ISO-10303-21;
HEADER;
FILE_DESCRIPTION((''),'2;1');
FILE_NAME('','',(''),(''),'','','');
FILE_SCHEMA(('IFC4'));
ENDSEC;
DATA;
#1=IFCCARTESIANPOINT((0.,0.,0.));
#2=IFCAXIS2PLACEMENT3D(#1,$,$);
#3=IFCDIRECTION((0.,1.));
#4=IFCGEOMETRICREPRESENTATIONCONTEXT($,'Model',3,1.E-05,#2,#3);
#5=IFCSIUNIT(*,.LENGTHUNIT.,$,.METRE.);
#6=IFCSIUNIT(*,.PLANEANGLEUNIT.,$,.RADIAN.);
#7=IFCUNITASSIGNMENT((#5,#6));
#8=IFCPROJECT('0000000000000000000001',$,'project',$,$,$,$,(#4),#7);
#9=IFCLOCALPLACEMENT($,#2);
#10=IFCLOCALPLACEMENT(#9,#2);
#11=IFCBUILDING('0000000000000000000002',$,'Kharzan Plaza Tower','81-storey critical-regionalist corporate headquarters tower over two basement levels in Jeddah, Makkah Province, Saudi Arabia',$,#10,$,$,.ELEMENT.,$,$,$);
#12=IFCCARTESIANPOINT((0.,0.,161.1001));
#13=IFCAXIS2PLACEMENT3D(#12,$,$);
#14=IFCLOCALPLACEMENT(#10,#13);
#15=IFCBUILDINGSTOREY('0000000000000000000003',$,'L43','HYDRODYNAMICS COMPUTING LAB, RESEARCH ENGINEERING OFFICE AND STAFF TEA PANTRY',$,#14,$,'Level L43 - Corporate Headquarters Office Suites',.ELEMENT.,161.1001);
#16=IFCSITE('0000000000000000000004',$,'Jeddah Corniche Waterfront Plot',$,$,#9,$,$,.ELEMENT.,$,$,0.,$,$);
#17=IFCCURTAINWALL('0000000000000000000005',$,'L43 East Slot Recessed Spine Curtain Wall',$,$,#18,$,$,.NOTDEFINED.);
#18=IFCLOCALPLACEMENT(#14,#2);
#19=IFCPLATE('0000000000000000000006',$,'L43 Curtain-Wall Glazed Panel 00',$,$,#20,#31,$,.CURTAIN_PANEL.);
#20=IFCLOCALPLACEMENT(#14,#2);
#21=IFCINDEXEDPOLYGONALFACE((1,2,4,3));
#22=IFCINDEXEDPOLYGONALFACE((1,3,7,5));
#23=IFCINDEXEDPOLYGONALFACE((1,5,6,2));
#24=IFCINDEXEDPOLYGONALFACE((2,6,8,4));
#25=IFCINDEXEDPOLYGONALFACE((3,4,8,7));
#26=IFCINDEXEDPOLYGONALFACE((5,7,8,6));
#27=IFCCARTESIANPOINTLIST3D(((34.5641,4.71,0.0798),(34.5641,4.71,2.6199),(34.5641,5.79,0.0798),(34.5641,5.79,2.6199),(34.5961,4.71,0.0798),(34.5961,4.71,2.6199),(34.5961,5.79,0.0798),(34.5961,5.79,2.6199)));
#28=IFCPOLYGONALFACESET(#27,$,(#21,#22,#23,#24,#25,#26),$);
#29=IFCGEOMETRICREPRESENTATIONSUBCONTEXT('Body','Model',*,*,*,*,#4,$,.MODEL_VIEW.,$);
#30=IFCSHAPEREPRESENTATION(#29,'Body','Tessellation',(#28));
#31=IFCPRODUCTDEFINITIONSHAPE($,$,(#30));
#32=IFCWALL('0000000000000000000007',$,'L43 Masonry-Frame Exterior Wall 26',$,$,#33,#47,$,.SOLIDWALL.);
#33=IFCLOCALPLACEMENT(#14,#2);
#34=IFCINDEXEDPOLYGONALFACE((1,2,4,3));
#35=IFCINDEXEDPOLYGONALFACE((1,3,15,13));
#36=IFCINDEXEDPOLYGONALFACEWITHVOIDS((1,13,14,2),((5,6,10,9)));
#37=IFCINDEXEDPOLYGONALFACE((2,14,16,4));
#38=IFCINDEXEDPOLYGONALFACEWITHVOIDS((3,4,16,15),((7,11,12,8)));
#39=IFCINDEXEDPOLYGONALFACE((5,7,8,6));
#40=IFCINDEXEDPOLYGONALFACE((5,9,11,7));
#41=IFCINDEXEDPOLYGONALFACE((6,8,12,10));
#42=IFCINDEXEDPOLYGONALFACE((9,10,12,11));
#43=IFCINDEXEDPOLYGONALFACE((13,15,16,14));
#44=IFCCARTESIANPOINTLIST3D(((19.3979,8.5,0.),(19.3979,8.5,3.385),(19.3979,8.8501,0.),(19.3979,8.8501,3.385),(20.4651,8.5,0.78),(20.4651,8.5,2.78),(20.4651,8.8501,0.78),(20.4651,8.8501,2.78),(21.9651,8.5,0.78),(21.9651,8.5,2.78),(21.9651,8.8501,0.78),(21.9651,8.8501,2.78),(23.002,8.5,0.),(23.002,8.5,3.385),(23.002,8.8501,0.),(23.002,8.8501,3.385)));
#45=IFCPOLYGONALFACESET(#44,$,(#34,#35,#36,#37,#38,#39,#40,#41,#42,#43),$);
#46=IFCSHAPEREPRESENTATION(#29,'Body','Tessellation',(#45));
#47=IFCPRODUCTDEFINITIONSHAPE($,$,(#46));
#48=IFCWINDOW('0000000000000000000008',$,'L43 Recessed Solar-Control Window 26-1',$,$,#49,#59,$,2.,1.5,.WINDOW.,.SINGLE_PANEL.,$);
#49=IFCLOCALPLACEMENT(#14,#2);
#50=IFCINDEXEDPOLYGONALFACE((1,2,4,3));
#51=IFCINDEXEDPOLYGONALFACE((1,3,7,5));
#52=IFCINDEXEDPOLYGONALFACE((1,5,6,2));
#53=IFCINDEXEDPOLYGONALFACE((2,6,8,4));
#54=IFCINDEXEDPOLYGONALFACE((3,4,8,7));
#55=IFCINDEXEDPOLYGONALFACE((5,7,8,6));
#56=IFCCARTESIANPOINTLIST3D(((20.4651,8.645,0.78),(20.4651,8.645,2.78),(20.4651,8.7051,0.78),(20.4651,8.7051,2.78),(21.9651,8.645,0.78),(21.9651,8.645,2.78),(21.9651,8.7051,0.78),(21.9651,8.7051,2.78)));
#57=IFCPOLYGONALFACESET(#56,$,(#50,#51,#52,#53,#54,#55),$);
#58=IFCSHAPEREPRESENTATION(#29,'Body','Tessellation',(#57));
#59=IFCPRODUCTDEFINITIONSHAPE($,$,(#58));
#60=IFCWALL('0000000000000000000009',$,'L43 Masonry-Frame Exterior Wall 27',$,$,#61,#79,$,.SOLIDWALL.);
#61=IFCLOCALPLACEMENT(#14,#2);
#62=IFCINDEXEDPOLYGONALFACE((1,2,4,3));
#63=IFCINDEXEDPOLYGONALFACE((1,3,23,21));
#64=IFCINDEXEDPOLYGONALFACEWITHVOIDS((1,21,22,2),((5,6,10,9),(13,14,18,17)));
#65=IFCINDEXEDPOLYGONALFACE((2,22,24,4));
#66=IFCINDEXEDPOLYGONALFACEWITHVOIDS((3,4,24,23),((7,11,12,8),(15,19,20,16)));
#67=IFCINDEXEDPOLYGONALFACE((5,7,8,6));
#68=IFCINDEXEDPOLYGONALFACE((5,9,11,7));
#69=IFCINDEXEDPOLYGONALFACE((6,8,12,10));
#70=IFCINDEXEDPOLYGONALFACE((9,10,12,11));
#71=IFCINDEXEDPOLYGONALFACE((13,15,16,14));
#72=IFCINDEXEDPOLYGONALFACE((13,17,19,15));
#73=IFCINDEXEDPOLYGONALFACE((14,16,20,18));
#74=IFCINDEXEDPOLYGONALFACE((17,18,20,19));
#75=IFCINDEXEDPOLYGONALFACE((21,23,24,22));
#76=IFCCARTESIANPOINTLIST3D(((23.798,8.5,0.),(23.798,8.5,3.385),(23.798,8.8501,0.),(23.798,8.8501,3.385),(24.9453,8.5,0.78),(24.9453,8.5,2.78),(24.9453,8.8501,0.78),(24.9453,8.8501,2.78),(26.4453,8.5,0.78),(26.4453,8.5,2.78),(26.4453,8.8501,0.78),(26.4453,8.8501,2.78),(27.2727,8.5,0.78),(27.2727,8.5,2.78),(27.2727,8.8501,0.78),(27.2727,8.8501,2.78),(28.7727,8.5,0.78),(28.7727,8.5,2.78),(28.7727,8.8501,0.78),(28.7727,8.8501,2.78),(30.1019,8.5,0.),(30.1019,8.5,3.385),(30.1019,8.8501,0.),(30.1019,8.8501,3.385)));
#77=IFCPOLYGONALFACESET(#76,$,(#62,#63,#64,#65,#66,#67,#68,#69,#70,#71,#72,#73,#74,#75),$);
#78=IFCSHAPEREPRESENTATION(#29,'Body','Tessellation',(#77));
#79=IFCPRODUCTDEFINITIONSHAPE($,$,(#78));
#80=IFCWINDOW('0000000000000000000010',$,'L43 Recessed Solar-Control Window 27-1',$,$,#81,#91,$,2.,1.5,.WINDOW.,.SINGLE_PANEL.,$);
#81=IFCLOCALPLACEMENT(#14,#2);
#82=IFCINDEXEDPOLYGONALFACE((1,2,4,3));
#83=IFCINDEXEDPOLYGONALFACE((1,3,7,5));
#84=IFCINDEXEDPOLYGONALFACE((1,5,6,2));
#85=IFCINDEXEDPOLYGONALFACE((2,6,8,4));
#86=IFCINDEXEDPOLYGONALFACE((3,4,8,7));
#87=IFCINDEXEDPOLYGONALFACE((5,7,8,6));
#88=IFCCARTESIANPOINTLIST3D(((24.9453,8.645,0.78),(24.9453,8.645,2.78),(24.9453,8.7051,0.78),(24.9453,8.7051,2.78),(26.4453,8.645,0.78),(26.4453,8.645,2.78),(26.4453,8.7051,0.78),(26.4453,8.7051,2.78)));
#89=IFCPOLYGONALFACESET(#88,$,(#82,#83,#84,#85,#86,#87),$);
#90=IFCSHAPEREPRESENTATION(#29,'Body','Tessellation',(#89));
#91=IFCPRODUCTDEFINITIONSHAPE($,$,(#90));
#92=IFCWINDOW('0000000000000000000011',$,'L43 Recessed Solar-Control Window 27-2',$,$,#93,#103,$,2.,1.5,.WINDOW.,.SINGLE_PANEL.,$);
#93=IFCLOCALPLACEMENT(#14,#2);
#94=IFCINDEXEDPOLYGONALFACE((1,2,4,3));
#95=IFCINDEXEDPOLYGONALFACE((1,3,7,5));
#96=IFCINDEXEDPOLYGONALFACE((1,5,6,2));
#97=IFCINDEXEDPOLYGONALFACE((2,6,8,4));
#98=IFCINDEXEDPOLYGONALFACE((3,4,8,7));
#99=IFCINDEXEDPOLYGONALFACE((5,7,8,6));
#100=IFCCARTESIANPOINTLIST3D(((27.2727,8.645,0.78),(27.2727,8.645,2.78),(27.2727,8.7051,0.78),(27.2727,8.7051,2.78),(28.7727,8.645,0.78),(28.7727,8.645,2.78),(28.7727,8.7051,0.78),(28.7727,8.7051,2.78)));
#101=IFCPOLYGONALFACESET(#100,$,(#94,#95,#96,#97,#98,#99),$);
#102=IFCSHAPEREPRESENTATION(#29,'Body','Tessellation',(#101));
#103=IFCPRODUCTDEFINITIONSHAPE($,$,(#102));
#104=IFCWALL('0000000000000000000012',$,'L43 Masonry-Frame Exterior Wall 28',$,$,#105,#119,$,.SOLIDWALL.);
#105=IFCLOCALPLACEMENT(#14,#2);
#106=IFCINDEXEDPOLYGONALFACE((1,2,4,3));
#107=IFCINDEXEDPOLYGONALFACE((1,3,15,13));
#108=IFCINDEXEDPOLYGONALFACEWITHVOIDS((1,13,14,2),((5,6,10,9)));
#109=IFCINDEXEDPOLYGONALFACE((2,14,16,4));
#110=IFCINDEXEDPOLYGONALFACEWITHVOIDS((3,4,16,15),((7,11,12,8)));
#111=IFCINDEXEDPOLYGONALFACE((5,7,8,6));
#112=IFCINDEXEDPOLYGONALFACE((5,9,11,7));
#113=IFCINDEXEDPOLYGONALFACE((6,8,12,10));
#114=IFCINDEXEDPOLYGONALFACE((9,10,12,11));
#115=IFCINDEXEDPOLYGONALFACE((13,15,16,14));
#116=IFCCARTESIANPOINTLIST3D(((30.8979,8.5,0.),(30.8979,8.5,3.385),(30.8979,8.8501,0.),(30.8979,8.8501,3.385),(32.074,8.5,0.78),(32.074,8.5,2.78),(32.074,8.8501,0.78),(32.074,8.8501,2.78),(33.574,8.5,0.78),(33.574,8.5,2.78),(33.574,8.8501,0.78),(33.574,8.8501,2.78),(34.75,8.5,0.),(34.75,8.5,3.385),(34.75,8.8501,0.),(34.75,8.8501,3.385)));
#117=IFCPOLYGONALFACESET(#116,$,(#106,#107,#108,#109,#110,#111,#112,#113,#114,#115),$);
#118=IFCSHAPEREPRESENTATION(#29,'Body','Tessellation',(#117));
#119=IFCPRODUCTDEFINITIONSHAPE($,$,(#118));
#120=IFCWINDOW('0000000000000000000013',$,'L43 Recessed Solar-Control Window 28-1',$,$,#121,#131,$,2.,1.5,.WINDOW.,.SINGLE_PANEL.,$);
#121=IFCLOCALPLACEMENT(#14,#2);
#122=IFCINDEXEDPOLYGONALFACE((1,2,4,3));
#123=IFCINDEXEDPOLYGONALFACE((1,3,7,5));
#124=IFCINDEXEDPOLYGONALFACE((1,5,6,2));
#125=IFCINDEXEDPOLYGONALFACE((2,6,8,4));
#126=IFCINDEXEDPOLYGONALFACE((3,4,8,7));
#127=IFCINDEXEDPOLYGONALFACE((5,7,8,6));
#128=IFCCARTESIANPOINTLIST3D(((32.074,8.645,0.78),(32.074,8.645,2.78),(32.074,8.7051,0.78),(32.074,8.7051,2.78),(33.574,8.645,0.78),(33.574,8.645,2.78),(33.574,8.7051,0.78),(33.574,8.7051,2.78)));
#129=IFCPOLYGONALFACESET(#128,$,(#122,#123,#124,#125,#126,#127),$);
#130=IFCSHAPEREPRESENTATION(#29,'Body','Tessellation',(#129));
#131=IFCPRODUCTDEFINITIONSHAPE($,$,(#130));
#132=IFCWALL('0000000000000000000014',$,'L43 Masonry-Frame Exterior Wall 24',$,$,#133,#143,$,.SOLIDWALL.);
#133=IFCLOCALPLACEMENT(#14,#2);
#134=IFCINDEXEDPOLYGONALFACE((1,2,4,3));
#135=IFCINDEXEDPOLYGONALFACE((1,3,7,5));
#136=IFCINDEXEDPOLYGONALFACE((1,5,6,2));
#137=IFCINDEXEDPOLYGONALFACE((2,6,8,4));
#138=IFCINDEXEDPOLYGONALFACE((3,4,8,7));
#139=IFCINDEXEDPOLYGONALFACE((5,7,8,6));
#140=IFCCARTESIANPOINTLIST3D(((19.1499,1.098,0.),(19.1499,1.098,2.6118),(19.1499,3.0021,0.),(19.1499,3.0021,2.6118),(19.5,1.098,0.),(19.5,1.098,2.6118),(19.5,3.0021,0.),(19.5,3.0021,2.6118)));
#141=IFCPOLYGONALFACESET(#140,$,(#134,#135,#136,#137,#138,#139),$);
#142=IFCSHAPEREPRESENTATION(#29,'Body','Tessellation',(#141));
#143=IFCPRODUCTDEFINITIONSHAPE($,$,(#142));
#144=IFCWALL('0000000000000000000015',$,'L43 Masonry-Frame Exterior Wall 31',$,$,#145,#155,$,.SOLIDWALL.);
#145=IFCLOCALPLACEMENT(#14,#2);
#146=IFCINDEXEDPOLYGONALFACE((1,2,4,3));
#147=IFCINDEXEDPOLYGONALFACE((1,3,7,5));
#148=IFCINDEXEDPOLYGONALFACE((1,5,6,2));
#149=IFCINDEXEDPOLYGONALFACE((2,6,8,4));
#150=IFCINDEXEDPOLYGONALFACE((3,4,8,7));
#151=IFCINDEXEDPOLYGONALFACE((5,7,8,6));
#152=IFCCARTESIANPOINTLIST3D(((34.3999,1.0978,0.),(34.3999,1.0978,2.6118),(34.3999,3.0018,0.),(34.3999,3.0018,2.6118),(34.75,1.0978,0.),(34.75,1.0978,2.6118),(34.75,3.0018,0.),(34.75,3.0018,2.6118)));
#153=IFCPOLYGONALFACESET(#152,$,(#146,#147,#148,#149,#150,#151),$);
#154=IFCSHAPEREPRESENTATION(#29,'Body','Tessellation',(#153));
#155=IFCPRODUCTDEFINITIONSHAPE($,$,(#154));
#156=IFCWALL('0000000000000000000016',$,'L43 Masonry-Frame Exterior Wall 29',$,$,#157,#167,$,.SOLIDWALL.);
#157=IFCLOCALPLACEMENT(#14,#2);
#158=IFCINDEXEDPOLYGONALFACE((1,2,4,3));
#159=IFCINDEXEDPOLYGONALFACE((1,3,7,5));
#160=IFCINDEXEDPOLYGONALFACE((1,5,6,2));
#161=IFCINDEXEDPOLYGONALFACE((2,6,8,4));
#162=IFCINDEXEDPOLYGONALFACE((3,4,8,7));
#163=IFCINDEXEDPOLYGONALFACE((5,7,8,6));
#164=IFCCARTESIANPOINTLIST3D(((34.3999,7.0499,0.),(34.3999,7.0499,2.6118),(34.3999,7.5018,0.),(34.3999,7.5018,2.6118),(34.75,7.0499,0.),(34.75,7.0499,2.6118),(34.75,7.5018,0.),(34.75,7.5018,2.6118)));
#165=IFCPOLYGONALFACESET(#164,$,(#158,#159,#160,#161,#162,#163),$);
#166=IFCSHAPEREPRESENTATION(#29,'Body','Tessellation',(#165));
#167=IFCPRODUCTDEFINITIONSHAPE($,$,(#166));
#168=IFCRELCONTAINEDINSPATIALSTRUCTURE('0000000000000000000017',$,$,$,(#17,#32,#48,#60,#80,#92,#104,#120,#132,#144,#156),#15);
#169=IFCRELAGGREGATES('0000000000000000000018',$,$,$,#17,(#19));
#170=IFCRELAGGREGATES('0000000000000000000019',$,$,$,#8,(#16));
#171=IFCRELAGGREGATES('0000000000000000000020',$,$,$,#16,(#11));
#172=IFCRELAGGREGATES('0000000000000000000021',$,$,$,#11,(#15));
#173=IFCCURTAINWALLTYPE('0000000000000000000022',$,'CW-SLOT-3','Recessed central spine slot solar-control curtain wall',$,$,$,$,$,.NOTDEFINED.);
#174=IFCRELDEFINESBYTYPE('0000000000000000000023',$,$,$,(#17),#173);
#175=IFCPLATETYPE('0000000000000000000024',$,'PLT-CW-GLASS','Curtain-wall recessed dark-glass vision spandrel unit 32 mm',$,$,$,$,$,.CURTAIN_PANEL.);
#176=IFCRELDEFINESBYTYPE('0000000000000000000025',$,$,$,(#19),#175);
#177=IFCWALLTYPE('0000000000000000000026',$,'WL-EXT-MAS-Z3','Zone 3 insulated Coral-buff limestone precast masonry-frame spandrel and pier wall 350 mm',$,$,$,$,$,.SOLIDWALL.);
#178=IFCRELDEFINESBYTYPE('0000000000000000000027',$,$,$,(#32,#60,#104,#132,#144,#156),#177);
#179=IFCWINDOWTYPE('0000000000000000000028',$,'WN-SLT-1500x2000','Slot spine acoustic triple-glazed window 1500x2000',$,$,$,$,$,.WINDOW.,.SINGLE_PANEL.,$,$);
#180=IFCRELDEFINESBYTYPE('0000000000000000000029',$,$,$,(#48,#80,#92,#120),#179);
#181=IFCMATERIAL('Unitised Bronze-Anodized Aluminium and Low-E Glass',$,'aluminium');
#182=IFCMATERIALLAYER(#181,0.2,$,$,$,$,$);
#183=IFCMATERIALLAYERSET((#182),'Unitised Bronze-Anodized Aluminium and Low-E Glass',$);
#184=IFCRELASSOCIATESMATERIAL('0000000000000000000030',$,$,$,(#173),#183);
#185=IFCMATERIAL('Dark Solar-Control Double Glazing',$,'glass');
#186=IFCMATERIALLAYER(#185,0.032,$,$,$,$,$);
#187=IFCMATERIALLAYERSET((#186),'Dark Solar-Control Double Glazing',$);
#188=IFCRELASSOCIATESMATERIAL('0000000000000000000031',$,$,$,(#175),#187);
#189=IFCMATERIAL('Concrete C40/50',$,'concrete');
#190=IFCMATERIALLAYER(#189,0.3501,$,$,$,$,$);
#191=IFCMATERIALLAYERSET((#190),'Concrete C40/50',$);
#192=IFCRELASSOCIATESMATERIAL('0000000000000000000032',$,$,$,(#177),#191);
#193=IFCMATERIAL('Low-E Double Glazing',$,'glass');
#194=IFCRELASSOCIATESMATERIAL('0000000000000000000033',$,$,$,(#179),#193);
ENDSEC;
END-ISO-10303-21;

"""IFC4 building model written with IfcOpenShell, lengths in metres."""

from ifc_helpers import new_model, si_unit, direction, frame, frame_2d, origin, origin_2d, place, context, subcontext, project, spatial, rectangle, extrude, source, transform, mapped, material, layer, layer_set, type_object, element, fill, aggregate, save


model = new_model("IFC4")

# Units and contexts
model_context = context("Model", 3, precision=1e-05, world=origin(), true_north=direction((0.0, 1.0)))
body_context = subcontext(model_context, "Body", "Model", "MODEL_VIEW")
ifc_project = project(units=[si_unit("LENGTHUNIT", "METRE"), si_unit("PLANEANGLEUNIT", "RADIAN")], contexts=[model_context])

# Site, building, storey
site_placement = place(None, origin())
site = spatial("IfcSite", under=ifc_project, at=site_placement, Name="Jeddah Corniche Waterfront Plot", CompositionType="ELEMENT", RefElevation=0.0)
building_placement = place(site_placement, origin())
building = spatial("IfcBuilding", under=site, at=building_placement, Name="Kharzan Plaza Tower", Description="81-storey critical-regionalist corporate headquarters tower over two basement levels in Jeddah, Makkah Province, Saudi Arabia", CompositionType="ELEMENT")
storey_placement = place(building_placement, frame((0.0, 0.0, 161.1001)))
storey = spatial("IfcBuildingStorey", under=building, at=storey_placement, Name="L43", Description="HYDRODYNAMICS COMPUTING LAB, RESEARCH ENGINEERING OFFICE AND STAFF TEA PANTRY", LongName="Level L43 - Corporate Headquarters Office Suites", CompositionType="ELEMENT", Elevation=161.1001)

# Curtain wall
ifc_material_1 = material(Name="Unitised Bronze-Anodized Aluminium and Low-E Glass", Category="aluminium")
ifc_layer_1 = layer(ifc_material_1, 0.2)
ifc_layer_set_1 = layer_set([ifc_layer_1], Name="Unitised Bronze-Anodized Aluminium and Low-E Glass")
curtain_wall_type = type_object("IfcCurtainWallType", Name="CW-SLOT-3", Description="Recessed central spine slot solar-control curtain wall", PredefinedType="NOTDEFINED", material=ifc_layer_set_1)
curtain_wall_placement = place(storey_placement, origin())
curtain_wall = element("IfcCurtainWall", 1, at=curtain_wall_placement, inside=storey, type_object=curtain_wall_type, Name="L43 East Slot Recessed Spine Curtain Wall", PredefinedType="NOTDEFINED")

# Plate
ifc_material_2 = material(Name="Dark Solar-Control Double Glazing", Category="glass")
ifc_layer_2 = layer(ifc_material_2, 0.032)
ifc_layer_set_2 = layer_set([ifc_layer_2], Name="Dark Solar-Control Double Glazing")
plate_type_1 = type_object("IfcPlateType", Name="PLT-CW-GLASS", Description="Curtain-wall recessed dark-glass vision spandrel unit 32 mm", PredefinedType="CURTAIN_PANEL", material=ifc_layer_set_2)
shared_shape_1 = source(origin(), body_context, "Body", "SweptSolid", [
    extrude(rectangle(XDim=1.0801, YDim=0.032, at=origin_2d()), origin(), (0.0, 0.0, 1.0), 2.54),
])
plate_placement = place(storey_placement, frame((34.5801, 5.25, 0.0798), z_axis=(0.0, 0.0, 1.0), x_axis=(0.0, 1.0, 0.0)))
plate = element("IfcPlate", 2, at=plate_placement, type_object=plate_type_1, Name="L43 Curtain-Wall Glazed Panel 00", PredefinedType="CURTAIN_PANEL", context=body_context, shape_type="MappedRepresentation", body=[
    mapped(shared_shape_1, transform((0.0, 0.0, 0.0), x_axis=(1.0, 0.0, 0.0), y_axis=(0.0, 1.0, 0.0), z_axis=(0.0, 0.0, 1.0))),
])
aggregate(curtain_wall, [plate])

# Wall, opening, window
ifc_material_3 = material(Name="Concrete C40/50", Category="concrete")
ifc_layer_3 = layer(ifc_material_3, 0.3501)
ifc_layer_set_3 = layer_set([ifc_layer_3], Name="Concrete C40/50")
wall_type_1 = type_object("IfcWallType", Name="WL-EXT-MAS-Z3", Description="Zone 3 insulated Coral-buff limestone precast masonry-frame spandrel and pier wall 350 mm", PredefinedType="SOLIDWALL", material=ifc_layer_set_3)
wall_1_placement = place(storey_placement, frame((19.3979, 8.675, 0.0), z_axis=(0.0, 0.0, 1.0), x_axis=(1.0, 0.0, 0.0)))
wall_1 = element("IfcWall", 3, at=wall_1_placement, inside=storey, type_object=wall_type_1, Name="L43 Masonry-Frame Exterior Wall 26", PredefinedType="SOLIDWALL", context=body_context, shape_type="SweptSolid", body=[
    extrude(rectangle(XDim=3.604, YDim=0.3501, at=frame_2d((1.802, 0.0))), origin(), (0.0, 0.0, 1.0), 3.385),
])
opening_1_placement = place(wall_1_placement, frame((1.0671, 0.0, 0.78)))
opening_1 = element("IfcOpeningElement", 4, at=opening_1_placement, cuts=wall_1, PredefinedType="OPENING", context=body_context, shape_type="SweptSolid", body=[
    extrude(rectangle(XDim=1.5, YDim=2.0, at=frame_2d((0.75, 1.0))), frame((0.0, 0.1851, 0.0), z_axis=(0.0, -1.0, 0.0), x_axis=(1.0, 0.0, 0.0)), (0.0, 0.0, 1.0), 0.3701),
])
ifc_material_4 = material(Name="Low-E Double Glazing", Category="glass")
window_type = type_object("IfcWindowType", Name="WN-SLT-1500x2000", Description="Slot spine acoustic triple-glazed window 1500x2000", PartitioningType="SINGLE_PANEL", PredefinedType="WINDOW", material=ifc_material_4)
shared_shape_2 = source(origin(), body_context, "Body", "SweptSolid", [
    extrude(rectangle(XDim=1.5, YDim=2.0, at=frame_2d((0.75, 1.0))), frame((0.0, 0.03, 0.0), z_axis=(0.0, -1.0, 0.0), x_axis=(1.0, 0.0, 0.0)), (0.0, 0.0, 1.0), 0.0601),
])
window_1_placement = place(opening_1_placement, origin())
window_1 = element("IfcWindow", 5, at=window_1_placement, inside=storey, type_object=window_type, Name="L43 Recessed Solar-Control Window 26-1", OverallHeight=2.0, OverallWidth=1.5, PartitioningType="SINGLE_PANEL", PredefinedType="WINDOW", context=body_context, shape_type="MappedRepresentation", body=[
    mapped(shared_shape_2, transform((0.0, 0.0, 0.0), x_axis=(1.0, 0.0, 0.0), y_axis=(0.0, 1.0, 0.0), z_axis=(0.0, 0.0, 1.0))),
])
fill(opening_1, window_1)

# Wall, openings, windows
wall_2_placement = place(storey_placement, frame((23.7981, 8.675, 0.0), z_axis=(0.0, 0.0, 1.0), x_axis=(1.0, 0.0, 0.0)))
wall_2 = element("IfcWall", 6, at=wall_2_placement, inside=storey, type_object=wall_type_1, Name="L43 Masonry-Frame Exterior Wall 27", PredefinedType="SOLIDWALL", context=body_context, shape_type="SweptSolid", body=[
    extrude(rectangle(XDim=6.304, YDim=0.3501, at=frame_2d((3.1519, 0.0))), origin(), (0.0, 0.0, 1.0), 3.385),
])
opening_2_placement = place(wall_2_placement, frame((1.1472, 0.0, 0.78)))
opening_2 = element("IfcOpeningElement", 7, at=opening_2_placement, cuts=wall_2, PredefinedType="OPENING", context=body_context, shape_type="SweptSolid", body=[
    extrude(rectangle(XDim=1.5, YDim=2.0, at=frame_2d((0.75, 1.0))), frame((0.0, 0.1851, 0.0), z_axis=(0.0, -1.0, 0.0), x_axis=(1.0, 0.0, 0.0)), (0.0, 0.0, 1.0), 0.3701),
])
opening_3_placement = place(wall_2_placement, frame((3.4746, 0.0, 0.78)))
opening_3 = element("IfcOpeningElement", 8, at=opening_3_placement, cuts=wall_2, PredefinedType="OPENING", context=body_context, shape_type="SweptSolid", body=[
    extrude(rectangle(XDim=1.5, YDim=2.0, at=frame_2d((0.75, 1.0))), frame((0.0, 0.1851, 0.0), z_axis=(0.0, -1.0, 0.0), x_axis=(1.0, 0.0, 0.0)), (0.0, 0.0, 1.0), 0.3701),
])
window_2_placement = place(opening_2_placement, origin())
window_2 = element("IfcWindow", 9, at=window_2_placement, inside=storey, type_object=window_type, Name="L43 Recessed Solar-Control Window 27-1", OverallHeight=2.0, OverallWidth=1.5, PartitioningType="SINGLE_PANEL", PredefinedType="WINDOW", context=body_context, shape_type="MappedRepresentation", body=[
    mapped(shared_shape_2, transform((0.0, 0.0, 0.0), x_axis=(1.0, 0.0, 0.0), y_axis=(0.0, 1.0, 0.0), z_axis=(0.0, 0.0, 1.0))),
])
fill(opening_2, window_2)
window_3_placement = place(opening_3_placement, origin())
window_3 = element("IfcWindow", 10, at=window_3_placement, inside=storey, type_object=window_type, Name="L43 Recessed Solar-Control Window 27-2", OverallHeight=2.0, OverallWidth=1.5, PartitioningType="SINGLE_PANEL", PredefinedType="WINDOW", context=body_context, shape_type="MappedRepresentation", body=[
    mapped(shared_shape_2, transform((0.0, 0.0, 0.0), x_axis=(1.0, 0.0, 0.0), y_axis=(0.0, 1.0, 0.0), z_axis=(0.0, 0.0, 1.0))),
])
fill(opening_3, window_3)

# Wall, opening, window
wall_3_placement = place(storey_placement, frame((30.8979, 8.675, 0.0), z_axis=(0.0, 0.0, 1.0), x_axis=(1.0, 0.0, 0.0)))
wall_3 = element("IfcWall", 11, at=wall_3_placement, inside=storey, type_object=wall_type_1, Name="L43 Masonry-Frame Exterior Wall 28", PredefinedType="SOLIDWALL", context=body_context, shape_type="SweptSolid", body=[
    extrude(rectangle(XDim=3.8521, YDim=0.3501, at=frame_2d((1.926, 0.0))), origin(), (0.0, 0.0, 1.0), 3.385),
])
opening_4_placement = place(wall_3_placement, frame((1.176, 0.0, 0.78)))
opening_4 = element("IfcOpeningElement", 12, at=opening_4_placement, cuts=wall_3, PredefinedType="OPENING", context=body_context, shape_type="SweptSolid", body=[
    extrude(rectangle(XDim=1.5, YDim=2.0, at=frame_2d((0.75, 1.0))), frame((0.0, 0.1851, 0.0), z_axis=(0.0, -1.0, 0.0), x_axis=(1.0, 0.0, 0.0)), (0.0, 0.0, 1.0), 0.3701),
])
window_4_placement = place(opening_4_placement, origin())
window_4 = element("IfcWindow", 13, at=window_4_placement, inside=storey, type_object=window_type, Name="L43 Recessed Solar-Control Window 28-1", OverallHeight=2.0, OverallWidth=1.5, PartitioningType="SINGLE_PANEL", PredefinedType="WINDOW", context=body_context, shape_type="MappedRepresentation", body=[
    mapped(shared_shape_2, transform((0.0, 0.0, 0.0), x_axis=(1.0, 0.0, 0.0), y_axis=(0.0, 1.0, 0.0), z_axis=(0.0, 0.0, 1.0))),
])
fill(opening_4, window_4)

# Walls
shared_shape_3 = source(origin(), body_context, "Body", "SweptSolid", [
    extrude(rectangle(XDim=1.9041, YDim=0.3501, at=frame_2d((0.9521, 0.0))), origin(), (0.0, 0.0, 1.0), 2.6118),
])
for number, where, z_axis, x_axis, name in (
    (14, (19.325, 1.0979, 0.0), (0.0, 0.0, 1.0), (0.0, 1.0, 0.0), "L43 Masonry-Frame Exterior Wall 24"),
    (15, (34.575, 3.002, 0.0), (0.0, 0.0, 1.0), (0.0, -1.0, 0.0), "L43 Masonry-Frame Exterior Wall 31"),
):
    element("IfcWall", number, at=place(storey_placement, frame(where, z_axis=z_axis, x_axis=x_axis)), inside=storey, type_object=wall_type_1, Name=name, PredefinedType="SOLIDWALL", context=body_context, shape_type="MappedRepresentation", body=[
        mapped(shared_shape_3, transform((0.0, 0.0, 0.0), x_axis=(1.0, 0.0, 0.0), y_axis=(0.0, 1.0, 0.0), z_axis=(0.0, 0.0, 1.0))),
    ])
shared_shape_4 = source(origin(), body_context, "Body", "SweptSolid", [
    extrude(rectangle(XDim=0.4519, YDim=0.3501, at=frame_2d((0.2261, 0.0))), origin(), (0.0, 0.0, 1.0), 2.6118),
])
wall_4_placement = place(storey_placement, frame((34.575, 7.502, 0.0), z_axis=(0.0, 0.0, 1.0), x_axis=(0.0, -1.0, 0.0)))
element("IfcWall", 16, at=wall_4_placement, inside=storey, type_object=wall_type_1, Name="L43 Masonry-Frame Exterior Wall 29", PredefinedType="SOLIDWALL", context=body_context, shape_type="MappedRepresentation", body=[
    mapped(shared_shape_4, transform((0.0, 0.0, 0.0), x_axis=(1.0, 0.0, 0.0), y_axis=(0.0, 1.0, 0.0), z_axis=(0.0, 0.0, 1.0))),
])

save(model, "model.ifc")
